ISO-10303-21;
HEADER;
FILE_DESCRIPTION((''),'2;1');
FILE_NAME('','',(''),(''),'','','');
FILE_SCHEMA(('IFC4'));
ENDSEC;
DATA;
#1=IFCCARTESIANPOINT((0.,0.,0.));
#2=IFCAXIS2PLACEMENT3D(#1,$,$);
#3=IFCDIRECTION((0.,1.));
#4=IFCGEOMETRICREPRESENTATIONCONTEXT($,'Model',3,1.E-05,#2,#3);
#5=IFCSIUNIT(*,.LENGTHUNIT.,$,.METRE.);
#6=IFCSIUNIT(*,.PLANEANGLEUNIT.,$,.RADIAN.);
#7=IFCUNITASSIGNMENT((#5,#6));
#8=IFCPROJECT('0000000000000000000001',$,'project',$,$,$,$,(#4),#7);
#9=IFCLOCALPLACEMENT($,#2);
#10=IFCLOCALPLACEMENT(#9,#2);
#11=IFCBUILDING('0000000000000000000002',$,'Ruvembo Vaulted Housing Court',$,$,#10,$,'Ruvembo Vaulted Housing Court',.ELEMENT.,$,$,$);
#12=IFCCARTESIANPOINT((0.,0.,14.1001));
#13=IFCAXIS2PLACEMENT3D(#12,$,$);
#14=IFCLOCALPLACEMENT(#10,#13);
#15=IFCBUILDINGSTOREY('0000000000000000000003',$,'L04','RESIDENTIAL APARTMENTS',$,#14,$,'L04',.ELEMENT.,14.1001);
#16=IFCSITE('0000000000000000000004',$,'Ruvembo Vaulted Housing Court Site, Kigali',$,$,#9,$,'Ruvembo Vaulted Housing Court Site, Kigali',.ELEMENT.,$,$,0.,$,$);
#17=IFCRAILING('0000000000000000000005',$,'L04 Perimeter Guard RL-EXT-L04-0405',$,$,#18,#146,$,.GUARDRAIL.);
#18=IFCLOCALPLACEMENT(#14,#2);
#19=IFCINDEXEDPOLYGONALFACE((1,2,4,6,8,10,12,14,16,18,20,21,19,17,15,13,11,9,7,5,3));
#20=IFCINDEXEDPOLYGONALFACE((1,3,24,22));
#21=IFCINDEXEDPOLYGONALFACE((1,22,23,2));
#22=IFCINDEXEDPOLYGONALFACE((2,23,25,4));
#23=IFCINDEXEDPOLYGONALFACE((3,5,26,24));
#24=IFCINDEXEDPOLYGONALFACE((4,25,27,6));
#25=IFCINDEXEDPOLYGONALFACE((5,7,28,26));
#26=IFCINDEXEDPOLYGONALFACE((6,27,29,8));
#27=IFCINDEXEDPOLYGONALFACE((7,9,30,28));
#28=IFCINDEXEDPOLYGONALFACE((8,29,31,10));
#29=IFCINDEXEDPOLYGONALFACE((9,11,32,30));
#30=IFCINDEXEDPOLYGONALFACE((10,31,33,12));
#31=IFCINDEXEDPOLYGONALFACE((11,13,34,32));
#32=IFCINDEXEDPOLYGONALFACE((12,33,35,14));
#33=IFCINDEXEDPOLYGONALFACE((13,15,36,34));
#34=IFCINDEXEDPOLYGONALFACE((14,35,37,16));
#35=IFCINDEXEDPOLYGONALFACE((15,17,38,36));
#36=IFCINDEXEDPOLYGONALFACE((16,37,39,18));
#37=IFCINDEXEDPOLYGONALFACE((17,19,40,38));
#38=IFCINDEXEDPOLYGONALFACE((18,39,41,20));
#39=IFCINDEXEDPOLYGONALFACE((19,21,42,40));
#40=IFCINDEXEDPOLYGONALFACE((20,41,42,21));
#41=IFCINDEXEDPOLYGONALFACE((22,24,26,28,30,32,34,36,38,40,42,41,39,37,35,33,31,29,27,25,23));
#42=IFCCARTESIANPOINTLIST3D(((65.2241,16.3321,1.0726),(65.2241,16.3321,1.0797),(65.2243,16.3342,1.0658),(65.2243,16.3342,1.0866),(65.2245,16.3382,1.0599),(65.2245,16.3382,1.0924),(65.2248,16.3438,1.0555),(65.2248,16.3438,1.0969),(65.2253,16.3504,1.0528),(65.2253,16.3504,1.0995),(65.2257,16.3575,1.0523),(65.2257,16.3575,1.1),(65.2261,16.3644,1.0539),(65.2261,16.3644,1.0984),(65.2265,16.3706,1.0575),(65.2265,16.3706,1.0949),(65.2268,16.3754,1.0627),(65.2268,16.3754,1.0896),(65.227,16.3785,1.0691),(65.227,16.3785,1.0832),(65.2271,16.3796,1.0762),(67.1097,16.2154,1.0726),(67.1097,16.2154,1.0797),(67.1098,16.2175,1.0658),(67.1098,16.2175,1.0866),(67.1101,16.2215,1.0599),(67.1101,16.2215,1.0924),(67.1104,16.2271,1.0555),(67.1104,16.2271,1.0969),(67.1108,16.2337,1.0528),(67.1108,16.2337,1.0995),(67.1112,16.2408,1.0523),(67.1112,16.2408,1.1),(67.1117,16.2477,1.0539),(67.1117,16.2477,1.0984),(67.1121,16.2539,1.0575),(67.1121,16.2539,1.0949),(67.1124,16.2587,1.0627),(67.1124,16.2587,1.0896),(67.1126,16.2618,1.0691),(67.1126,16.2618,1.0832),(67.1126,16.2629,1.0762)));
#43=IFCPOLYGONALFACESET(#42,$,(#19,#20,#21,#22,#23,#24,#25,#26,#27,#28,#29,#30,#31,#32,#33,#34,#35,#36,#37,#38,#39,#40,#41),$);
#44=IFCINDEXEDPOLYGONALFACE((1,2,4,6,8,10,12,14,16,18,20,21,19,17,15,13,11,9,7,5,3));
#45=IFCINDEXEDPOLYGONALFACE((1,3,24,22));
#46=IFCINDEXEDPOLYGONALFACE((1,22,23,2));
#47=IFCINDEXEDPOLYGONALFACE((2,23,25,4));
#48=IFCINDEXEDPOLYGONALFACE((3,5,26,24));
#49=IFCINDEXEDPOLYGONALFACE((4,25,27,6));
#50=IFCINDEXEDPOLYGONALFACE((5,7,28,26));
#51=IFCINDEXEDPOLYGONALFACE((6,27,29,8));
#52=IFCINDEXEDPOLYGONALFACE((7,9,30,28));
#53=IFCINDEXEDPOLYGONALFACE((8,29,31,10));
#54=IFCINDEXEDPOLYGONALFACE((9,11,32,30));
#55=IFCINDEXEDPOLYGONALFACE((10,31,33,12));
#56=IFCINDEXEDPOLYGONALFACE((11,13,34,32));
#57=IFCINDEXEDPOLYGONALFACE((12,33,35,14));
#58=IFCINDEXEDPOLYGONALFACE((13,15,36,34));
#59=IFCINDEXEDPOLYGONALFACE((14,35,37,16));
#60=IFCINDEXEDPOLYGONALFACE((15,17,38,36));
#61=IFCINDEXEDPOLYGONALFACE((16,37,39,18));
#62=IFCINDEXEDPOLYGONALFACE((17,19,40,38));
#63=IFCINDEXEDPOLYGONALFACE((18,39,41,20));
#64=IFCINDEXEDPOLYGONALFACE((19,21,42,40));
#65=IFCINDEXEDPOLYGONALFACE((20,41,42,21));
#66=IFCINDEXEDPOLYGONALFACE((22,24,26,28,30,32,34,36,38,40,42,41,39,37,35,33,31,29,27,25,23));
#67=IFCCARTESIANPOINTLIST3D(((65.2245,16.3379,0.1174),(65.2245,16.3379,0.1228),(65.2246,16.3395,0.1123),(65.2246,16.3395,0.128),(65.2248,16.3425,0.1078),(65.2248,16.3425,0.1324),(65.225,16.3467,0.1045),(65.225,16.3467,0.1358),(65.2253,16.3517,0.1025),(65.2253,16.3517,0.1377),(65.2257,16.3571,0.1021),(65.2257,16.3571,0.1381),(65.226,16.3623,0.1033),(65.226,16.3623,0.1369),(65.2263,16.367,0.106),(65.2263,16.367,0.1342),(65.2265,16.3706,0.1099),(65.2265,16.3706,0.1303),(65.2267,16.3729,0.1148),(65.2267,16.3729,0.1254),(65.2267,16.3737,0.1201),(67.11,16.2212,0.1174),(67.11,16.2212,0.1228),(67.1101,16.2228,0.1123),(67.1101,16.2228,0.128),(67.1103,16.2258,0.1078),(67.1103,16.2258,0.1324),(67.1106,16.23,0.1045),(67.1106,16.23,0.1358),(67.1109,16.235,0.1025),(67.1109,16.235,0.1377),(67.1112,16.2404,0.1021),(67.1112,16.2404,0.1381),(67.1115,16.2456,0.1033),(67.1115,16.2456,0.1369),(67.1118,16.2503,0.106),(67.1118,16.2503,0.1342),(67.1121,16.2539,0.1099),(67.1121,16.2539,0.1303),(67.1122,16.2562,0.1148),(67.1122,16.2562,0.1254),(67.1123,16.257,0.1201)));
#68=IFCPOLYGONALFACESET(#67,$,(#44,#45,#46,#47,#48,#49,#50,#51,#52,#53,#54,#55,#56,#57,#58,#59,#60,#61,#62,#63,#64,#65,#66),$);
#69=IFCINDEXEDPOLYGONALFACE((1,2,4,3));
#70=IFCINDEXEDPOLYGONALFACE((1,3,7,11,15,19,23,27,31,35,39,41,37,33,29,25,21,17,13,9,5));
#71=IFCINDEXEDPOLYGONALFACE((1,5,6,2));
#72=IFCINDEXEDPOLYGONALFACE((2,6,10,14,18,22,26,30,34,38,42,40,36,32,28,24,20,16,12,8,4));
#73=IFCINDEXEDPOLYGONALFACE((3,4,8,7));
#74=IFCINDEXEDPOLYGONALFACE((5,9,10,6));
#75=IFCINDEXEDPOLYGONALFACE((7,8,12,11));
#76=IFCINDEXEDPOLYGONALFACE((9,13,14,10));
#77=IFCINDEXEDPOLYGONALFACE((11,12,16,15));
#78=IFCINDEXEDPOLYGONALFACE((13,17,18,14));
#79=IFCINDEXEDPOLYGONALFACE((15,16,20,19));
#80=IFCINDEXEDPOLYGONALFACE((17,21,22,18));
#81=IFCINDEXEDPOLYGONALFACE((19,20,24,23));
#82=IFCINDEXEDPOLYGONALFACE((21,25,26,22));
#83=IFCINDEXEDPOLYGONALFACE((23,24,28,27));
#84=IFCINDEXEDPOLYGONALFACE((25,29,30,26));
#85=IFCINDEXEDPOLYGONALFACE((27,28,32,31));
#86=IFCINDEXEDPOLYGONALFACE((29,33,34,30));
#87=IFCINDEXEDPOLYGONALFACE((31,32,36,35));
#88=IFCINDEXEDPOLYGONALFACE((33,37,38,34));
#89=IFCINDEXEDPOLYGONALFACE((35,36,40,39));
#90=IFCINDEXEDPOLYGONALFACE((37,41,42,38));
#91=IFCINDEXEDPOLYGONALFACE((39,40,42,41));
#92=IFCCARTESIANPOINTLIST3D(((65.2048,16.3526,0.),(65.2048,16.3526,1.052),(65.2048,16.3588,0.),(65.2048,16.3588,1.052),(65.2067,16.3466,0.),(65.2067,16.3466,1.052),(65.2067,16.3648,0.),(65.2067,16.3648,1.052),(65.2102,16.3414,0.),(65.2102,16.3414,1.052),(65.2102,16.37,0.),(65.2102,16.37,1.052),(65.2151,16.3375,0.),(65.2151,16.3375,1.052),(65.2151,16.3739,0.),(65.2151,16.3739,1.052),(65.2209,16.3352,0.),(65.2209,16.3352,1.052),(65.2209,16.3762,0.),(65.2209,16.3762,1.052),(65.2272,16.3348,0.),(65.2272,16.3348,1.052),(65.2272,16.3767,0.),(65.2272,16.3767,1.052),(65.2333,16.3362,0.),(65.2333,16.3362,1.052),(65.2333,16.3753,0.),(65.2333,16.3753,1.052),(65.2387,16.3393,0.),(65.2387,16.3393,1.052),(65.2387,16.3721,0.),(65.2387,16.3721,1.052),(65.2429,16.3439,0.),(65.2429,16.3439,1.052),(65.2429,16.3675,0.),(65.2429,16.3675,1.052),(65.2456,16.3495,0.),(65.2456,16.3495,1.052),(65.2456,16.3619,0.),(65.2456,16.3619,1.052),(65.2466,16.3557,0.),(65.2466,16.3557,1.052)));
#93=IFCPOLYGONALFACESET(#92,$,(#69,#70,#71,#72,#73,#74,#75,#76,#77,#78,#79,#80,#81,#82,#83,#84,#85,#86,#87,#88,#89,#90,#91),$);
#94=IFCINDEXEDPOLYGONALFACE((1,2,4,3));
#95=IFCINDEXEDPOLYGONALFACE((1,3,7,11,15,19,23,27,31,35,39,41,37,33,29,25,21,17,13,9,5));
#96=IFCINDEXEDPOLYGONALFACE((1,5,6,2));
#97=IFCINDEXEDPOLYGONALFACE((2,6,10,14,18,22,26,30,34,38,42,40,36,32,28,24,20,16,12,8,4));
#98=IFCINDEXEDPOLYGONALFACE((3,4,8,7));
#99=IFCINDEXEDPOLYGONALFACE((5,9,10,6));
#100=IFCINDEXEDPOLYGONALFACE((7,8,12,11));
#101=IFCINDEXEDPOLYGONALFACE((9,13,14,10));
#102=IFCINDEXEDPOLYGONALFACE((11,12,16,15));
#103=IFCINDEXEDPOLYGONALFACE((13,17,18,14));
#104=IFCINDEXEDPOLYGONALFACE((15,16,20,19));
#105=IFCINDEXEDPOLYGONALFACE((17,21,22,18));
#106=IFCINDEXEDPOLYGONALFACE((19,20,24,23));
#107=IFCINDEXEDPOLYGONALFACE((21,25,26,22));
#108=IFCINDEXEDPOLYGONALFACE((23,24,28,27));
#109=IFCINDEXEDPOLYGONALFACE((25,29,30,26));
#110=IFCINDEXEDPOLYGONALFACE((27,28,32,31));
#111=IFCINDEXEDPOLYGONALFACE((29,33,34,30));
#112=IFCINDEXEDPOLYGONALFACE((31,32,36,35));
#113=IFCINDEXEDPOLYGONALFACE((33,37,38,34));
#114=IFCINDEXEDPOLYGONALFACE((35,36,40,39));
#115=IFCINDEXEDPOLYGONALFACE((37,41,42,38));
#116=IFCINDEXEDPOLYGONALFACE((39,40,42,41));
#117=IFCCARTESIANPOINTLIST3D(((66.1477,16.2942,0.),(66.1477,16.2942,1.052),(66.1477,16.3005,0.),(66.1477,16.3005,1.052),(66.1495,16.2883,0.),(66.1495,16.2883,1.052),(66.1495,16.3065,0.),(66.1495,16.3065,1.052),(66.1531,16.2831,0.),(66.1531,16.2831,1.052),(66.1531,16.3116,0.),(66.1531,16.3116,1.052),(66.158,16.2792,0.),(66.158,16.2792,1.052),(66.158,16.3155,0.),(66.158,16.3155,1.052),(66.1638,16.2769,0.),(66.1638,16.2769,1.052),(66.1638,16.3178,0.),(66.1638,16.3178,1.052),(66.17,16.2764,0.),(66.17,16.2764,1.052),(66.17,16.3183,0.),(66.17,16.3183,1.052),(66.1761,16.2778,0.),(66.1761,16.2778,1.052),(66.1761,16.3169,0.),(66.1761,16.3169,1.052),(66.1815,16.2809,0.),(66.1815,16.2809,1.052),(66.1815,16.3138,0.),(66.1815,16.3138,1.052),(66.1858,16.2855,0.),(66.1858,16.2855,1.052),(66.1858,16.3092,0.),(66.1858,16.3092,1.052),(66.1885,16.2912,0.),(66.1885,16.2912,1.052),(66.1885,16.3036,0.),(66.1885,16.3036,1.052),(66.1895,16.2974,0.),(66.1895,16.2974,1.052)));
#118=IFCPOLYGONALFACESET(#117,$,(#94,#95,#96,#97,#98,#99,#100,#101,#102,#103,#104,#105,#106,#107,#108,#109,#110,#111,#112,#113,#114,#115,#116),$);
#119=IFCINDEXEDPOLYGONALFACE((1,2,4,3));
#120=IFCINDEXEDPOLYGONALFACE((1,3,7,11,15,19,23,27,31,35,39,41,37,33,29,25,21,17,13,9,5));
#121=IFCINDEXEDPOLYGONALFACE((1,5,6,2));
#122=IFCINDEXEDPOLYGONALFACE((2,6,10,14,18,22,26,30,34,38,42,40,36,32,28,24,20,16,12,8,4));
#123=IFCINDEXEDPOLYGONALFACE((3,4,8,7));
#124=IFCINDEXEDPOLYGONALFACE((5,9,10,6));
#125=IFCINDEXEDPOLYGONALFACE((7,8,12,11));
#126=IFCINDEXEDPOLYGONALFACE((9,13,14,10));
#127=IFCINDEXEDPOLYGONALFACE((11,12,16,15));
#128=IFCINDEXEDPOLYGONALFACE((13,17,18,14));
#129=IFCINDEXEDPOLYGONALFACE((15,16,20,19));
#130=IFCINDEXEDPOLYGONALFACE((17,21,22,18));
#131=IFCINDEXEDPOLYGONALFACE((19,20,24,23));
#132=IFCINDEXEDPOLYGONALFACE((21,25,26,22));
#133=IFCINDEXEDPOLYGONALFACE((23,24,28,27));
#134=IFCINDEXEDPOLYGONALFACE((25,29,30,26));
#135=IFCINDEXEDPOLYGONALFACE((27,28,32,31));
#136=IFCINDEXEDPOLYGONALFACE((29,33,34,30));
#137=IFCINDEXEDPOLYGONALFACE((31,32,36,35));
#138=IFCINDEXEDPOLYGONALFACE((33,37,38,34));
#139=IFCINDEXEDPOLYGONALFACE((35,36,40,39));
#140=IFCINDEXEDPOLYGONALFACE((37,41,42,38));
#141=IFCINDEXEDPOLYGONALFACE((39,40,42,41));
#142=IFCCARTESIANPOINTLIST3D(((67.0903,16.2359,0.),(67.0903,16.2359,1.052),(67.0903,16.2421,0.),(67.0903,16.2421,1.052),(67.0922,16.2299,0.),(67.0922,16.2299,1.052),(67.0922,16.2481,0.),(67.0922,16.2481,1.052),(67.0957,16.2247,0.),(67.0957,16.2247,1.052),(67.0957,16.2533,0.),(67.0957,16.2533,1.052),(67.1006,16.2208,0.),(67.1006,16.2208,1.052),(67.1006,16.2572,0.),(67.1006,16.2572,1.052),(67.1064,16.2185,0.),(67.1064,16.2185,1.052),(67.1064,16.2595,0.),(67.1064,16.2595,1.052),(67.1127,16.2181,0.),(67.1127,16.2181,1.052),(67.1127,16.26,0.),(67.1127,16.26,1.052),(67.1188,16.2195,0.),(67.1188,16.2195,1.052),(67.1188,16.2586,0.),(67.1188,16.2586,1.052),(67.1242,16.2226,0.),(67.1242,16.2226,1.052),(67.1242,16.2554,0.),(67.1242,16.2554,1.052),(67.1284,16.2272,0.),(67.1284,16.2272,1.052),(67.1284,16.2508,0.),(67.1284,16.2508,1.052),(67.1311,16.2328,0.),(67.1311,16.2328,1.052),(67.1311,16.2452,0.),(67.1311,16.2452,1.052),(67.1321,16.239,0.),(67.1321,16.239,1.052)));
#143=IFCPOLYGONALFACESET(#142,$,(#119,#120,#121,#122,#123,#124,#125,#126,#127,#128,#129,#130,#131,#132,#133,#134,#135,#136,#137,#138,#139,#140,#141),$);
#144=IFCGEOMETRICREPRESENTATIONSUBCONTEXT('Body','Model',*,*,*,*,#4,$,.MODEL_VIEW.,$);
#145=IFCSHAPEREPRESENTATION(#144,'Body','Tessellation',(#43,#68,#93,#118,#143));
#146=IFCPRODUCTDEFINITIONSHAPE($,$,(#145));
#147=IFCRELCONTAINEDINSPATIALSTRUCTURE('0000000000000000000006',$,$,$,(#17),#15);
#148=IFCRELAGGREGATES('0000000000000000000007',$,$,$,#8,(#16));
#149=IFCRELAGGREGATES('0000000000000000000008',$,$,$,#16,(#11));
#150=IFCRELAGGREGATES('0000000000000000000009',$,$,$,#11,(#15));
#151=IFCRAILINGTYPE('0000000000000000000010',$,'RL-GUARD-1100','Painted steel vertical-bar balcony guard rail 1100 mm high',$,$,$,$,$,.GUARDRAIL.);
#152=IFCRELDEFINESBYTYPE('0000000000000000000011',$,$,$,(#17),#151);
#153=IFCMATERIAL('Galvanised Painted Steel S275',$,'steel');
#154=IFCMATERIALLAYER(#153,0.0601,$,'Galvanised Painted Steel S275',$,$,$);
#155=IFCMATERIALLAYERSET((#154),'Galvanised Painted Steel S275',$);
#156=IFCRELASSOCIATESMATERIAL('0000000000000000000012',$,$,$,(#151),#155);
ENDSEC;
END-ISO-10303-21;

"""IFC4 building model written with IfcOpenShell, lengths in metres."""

from ifc_helpers import new_model, si_unit, direction, frame, origin, origin_2d, place, context, subcontext, project, spatial, circle, extrude, material, layer, layer_set, type_object, element, save


model = new_model("IFC4")

# Units and contexts
model_context = context("Model", 3, precision=1e-05, world=origin(), true_north=direction((0.0, 1.0)))
body_context = subcontext(model_context, "Body", "Model", "MODEL_VIEW")
ifc_project = project(units=[si_unit("LENGTHUNIT", "METRE"), si_unit("PLANEANGLEUNIT", "RADIAN")], contexts=[model_context])

# Site, building, storey
site_placement = place(None, origin())
site = spatial("IfcSite", under=ifc_project, at=site_placement, Name="Ruvembo Vaulted Housing Court Site, Kigali", LongName="Ruvembo Vaulted Housing Court Site, Kigali", CompositionType="ELEMENT", RefElevation=0.0)
building_placement = place(site_placement, origin())
building = spatial("IfcBuilding", under=site, at=building_placement, Name="Ruvembo Vaulted Housing Court", LongName="Ruvembo Vaulted Housing Court", CompositionType="ELEMENT")
storey_placement = place(building_placement, frame((0.0, 0.0, 14.1001)))
storey = spatial("IfcBuildingStorey", under=building, at=storey_placement, Name="L04", Description="RESIDENTIAL APARTMENTS", LongName="L04", CompositionType="ELEMENT", Elevation=14.1001)

# Railing
ifc_material_1 = material(Name="Galvanised Painted Steel S275", Category="steel")
ifc_layer = layer(ifc_material_1, 0.0601, Name="Galvanised Painted Steel S275")
ifc_layer_set = layer_set([ifc_layer], Name="Galvanised Painted Steel S275")
railing_type = type_object("IfcRailingType", Name="RL-GUARD-1100", Description="Painted steel vertical-bar balcony guard rail 1100 mm high", PredefinedType="GUARDRAIL", material=ifc_layer_set)
railing_1_placement = place(storey_placement, frame((65.2256, 16.3557, 0.0)))
element("IfcRailing", 1, at=railing_1_placement, inside=storey, type_object=railing_type, Name="L04 Perimeter Guard RL-EXT-L04-0405", PredefinedType="GUARDRAIL", context=body_context, shape_type="SweptSolid", body=[
    extrude(circle(Radius=0.0239, at=origin_2d()), frame((0.0, 0.0, 1.0762), z_axis=(0.99809, -0.061775, 0.0), x_axis=(0.061775, 0.99809, 0.0)), (0.0, 0.0, 1.0), 1.8892),
    extrude(circle(Radius=0.0181, at=origin_2d()), frame((0.0, 0.0, 0.1201), z_axis=(0.99809, -0.061775, 0.0), x_axis=(0.061775, 0.99809, 0.0)), (0.0, 0.0, 1.0), 1.8892),
    extrude(circle(Radius=0.021, at=origin_2d()), origin(), (0.0, 0.0, 1.0), 1.052),
    extrude(circle(Radius=0.021, at=origin_2d()), frame((0.9429, -0.0583, 0.0)), (0.0, 0.0, 1.0), 1.052),
    extrude(circle(Radius=0.021, at=origin_2d()), frame((1.8855, -0.1167, 0.0)), (0.0, 0.0, 1.0), 1.052),
])

save(model, "model.ifc")
